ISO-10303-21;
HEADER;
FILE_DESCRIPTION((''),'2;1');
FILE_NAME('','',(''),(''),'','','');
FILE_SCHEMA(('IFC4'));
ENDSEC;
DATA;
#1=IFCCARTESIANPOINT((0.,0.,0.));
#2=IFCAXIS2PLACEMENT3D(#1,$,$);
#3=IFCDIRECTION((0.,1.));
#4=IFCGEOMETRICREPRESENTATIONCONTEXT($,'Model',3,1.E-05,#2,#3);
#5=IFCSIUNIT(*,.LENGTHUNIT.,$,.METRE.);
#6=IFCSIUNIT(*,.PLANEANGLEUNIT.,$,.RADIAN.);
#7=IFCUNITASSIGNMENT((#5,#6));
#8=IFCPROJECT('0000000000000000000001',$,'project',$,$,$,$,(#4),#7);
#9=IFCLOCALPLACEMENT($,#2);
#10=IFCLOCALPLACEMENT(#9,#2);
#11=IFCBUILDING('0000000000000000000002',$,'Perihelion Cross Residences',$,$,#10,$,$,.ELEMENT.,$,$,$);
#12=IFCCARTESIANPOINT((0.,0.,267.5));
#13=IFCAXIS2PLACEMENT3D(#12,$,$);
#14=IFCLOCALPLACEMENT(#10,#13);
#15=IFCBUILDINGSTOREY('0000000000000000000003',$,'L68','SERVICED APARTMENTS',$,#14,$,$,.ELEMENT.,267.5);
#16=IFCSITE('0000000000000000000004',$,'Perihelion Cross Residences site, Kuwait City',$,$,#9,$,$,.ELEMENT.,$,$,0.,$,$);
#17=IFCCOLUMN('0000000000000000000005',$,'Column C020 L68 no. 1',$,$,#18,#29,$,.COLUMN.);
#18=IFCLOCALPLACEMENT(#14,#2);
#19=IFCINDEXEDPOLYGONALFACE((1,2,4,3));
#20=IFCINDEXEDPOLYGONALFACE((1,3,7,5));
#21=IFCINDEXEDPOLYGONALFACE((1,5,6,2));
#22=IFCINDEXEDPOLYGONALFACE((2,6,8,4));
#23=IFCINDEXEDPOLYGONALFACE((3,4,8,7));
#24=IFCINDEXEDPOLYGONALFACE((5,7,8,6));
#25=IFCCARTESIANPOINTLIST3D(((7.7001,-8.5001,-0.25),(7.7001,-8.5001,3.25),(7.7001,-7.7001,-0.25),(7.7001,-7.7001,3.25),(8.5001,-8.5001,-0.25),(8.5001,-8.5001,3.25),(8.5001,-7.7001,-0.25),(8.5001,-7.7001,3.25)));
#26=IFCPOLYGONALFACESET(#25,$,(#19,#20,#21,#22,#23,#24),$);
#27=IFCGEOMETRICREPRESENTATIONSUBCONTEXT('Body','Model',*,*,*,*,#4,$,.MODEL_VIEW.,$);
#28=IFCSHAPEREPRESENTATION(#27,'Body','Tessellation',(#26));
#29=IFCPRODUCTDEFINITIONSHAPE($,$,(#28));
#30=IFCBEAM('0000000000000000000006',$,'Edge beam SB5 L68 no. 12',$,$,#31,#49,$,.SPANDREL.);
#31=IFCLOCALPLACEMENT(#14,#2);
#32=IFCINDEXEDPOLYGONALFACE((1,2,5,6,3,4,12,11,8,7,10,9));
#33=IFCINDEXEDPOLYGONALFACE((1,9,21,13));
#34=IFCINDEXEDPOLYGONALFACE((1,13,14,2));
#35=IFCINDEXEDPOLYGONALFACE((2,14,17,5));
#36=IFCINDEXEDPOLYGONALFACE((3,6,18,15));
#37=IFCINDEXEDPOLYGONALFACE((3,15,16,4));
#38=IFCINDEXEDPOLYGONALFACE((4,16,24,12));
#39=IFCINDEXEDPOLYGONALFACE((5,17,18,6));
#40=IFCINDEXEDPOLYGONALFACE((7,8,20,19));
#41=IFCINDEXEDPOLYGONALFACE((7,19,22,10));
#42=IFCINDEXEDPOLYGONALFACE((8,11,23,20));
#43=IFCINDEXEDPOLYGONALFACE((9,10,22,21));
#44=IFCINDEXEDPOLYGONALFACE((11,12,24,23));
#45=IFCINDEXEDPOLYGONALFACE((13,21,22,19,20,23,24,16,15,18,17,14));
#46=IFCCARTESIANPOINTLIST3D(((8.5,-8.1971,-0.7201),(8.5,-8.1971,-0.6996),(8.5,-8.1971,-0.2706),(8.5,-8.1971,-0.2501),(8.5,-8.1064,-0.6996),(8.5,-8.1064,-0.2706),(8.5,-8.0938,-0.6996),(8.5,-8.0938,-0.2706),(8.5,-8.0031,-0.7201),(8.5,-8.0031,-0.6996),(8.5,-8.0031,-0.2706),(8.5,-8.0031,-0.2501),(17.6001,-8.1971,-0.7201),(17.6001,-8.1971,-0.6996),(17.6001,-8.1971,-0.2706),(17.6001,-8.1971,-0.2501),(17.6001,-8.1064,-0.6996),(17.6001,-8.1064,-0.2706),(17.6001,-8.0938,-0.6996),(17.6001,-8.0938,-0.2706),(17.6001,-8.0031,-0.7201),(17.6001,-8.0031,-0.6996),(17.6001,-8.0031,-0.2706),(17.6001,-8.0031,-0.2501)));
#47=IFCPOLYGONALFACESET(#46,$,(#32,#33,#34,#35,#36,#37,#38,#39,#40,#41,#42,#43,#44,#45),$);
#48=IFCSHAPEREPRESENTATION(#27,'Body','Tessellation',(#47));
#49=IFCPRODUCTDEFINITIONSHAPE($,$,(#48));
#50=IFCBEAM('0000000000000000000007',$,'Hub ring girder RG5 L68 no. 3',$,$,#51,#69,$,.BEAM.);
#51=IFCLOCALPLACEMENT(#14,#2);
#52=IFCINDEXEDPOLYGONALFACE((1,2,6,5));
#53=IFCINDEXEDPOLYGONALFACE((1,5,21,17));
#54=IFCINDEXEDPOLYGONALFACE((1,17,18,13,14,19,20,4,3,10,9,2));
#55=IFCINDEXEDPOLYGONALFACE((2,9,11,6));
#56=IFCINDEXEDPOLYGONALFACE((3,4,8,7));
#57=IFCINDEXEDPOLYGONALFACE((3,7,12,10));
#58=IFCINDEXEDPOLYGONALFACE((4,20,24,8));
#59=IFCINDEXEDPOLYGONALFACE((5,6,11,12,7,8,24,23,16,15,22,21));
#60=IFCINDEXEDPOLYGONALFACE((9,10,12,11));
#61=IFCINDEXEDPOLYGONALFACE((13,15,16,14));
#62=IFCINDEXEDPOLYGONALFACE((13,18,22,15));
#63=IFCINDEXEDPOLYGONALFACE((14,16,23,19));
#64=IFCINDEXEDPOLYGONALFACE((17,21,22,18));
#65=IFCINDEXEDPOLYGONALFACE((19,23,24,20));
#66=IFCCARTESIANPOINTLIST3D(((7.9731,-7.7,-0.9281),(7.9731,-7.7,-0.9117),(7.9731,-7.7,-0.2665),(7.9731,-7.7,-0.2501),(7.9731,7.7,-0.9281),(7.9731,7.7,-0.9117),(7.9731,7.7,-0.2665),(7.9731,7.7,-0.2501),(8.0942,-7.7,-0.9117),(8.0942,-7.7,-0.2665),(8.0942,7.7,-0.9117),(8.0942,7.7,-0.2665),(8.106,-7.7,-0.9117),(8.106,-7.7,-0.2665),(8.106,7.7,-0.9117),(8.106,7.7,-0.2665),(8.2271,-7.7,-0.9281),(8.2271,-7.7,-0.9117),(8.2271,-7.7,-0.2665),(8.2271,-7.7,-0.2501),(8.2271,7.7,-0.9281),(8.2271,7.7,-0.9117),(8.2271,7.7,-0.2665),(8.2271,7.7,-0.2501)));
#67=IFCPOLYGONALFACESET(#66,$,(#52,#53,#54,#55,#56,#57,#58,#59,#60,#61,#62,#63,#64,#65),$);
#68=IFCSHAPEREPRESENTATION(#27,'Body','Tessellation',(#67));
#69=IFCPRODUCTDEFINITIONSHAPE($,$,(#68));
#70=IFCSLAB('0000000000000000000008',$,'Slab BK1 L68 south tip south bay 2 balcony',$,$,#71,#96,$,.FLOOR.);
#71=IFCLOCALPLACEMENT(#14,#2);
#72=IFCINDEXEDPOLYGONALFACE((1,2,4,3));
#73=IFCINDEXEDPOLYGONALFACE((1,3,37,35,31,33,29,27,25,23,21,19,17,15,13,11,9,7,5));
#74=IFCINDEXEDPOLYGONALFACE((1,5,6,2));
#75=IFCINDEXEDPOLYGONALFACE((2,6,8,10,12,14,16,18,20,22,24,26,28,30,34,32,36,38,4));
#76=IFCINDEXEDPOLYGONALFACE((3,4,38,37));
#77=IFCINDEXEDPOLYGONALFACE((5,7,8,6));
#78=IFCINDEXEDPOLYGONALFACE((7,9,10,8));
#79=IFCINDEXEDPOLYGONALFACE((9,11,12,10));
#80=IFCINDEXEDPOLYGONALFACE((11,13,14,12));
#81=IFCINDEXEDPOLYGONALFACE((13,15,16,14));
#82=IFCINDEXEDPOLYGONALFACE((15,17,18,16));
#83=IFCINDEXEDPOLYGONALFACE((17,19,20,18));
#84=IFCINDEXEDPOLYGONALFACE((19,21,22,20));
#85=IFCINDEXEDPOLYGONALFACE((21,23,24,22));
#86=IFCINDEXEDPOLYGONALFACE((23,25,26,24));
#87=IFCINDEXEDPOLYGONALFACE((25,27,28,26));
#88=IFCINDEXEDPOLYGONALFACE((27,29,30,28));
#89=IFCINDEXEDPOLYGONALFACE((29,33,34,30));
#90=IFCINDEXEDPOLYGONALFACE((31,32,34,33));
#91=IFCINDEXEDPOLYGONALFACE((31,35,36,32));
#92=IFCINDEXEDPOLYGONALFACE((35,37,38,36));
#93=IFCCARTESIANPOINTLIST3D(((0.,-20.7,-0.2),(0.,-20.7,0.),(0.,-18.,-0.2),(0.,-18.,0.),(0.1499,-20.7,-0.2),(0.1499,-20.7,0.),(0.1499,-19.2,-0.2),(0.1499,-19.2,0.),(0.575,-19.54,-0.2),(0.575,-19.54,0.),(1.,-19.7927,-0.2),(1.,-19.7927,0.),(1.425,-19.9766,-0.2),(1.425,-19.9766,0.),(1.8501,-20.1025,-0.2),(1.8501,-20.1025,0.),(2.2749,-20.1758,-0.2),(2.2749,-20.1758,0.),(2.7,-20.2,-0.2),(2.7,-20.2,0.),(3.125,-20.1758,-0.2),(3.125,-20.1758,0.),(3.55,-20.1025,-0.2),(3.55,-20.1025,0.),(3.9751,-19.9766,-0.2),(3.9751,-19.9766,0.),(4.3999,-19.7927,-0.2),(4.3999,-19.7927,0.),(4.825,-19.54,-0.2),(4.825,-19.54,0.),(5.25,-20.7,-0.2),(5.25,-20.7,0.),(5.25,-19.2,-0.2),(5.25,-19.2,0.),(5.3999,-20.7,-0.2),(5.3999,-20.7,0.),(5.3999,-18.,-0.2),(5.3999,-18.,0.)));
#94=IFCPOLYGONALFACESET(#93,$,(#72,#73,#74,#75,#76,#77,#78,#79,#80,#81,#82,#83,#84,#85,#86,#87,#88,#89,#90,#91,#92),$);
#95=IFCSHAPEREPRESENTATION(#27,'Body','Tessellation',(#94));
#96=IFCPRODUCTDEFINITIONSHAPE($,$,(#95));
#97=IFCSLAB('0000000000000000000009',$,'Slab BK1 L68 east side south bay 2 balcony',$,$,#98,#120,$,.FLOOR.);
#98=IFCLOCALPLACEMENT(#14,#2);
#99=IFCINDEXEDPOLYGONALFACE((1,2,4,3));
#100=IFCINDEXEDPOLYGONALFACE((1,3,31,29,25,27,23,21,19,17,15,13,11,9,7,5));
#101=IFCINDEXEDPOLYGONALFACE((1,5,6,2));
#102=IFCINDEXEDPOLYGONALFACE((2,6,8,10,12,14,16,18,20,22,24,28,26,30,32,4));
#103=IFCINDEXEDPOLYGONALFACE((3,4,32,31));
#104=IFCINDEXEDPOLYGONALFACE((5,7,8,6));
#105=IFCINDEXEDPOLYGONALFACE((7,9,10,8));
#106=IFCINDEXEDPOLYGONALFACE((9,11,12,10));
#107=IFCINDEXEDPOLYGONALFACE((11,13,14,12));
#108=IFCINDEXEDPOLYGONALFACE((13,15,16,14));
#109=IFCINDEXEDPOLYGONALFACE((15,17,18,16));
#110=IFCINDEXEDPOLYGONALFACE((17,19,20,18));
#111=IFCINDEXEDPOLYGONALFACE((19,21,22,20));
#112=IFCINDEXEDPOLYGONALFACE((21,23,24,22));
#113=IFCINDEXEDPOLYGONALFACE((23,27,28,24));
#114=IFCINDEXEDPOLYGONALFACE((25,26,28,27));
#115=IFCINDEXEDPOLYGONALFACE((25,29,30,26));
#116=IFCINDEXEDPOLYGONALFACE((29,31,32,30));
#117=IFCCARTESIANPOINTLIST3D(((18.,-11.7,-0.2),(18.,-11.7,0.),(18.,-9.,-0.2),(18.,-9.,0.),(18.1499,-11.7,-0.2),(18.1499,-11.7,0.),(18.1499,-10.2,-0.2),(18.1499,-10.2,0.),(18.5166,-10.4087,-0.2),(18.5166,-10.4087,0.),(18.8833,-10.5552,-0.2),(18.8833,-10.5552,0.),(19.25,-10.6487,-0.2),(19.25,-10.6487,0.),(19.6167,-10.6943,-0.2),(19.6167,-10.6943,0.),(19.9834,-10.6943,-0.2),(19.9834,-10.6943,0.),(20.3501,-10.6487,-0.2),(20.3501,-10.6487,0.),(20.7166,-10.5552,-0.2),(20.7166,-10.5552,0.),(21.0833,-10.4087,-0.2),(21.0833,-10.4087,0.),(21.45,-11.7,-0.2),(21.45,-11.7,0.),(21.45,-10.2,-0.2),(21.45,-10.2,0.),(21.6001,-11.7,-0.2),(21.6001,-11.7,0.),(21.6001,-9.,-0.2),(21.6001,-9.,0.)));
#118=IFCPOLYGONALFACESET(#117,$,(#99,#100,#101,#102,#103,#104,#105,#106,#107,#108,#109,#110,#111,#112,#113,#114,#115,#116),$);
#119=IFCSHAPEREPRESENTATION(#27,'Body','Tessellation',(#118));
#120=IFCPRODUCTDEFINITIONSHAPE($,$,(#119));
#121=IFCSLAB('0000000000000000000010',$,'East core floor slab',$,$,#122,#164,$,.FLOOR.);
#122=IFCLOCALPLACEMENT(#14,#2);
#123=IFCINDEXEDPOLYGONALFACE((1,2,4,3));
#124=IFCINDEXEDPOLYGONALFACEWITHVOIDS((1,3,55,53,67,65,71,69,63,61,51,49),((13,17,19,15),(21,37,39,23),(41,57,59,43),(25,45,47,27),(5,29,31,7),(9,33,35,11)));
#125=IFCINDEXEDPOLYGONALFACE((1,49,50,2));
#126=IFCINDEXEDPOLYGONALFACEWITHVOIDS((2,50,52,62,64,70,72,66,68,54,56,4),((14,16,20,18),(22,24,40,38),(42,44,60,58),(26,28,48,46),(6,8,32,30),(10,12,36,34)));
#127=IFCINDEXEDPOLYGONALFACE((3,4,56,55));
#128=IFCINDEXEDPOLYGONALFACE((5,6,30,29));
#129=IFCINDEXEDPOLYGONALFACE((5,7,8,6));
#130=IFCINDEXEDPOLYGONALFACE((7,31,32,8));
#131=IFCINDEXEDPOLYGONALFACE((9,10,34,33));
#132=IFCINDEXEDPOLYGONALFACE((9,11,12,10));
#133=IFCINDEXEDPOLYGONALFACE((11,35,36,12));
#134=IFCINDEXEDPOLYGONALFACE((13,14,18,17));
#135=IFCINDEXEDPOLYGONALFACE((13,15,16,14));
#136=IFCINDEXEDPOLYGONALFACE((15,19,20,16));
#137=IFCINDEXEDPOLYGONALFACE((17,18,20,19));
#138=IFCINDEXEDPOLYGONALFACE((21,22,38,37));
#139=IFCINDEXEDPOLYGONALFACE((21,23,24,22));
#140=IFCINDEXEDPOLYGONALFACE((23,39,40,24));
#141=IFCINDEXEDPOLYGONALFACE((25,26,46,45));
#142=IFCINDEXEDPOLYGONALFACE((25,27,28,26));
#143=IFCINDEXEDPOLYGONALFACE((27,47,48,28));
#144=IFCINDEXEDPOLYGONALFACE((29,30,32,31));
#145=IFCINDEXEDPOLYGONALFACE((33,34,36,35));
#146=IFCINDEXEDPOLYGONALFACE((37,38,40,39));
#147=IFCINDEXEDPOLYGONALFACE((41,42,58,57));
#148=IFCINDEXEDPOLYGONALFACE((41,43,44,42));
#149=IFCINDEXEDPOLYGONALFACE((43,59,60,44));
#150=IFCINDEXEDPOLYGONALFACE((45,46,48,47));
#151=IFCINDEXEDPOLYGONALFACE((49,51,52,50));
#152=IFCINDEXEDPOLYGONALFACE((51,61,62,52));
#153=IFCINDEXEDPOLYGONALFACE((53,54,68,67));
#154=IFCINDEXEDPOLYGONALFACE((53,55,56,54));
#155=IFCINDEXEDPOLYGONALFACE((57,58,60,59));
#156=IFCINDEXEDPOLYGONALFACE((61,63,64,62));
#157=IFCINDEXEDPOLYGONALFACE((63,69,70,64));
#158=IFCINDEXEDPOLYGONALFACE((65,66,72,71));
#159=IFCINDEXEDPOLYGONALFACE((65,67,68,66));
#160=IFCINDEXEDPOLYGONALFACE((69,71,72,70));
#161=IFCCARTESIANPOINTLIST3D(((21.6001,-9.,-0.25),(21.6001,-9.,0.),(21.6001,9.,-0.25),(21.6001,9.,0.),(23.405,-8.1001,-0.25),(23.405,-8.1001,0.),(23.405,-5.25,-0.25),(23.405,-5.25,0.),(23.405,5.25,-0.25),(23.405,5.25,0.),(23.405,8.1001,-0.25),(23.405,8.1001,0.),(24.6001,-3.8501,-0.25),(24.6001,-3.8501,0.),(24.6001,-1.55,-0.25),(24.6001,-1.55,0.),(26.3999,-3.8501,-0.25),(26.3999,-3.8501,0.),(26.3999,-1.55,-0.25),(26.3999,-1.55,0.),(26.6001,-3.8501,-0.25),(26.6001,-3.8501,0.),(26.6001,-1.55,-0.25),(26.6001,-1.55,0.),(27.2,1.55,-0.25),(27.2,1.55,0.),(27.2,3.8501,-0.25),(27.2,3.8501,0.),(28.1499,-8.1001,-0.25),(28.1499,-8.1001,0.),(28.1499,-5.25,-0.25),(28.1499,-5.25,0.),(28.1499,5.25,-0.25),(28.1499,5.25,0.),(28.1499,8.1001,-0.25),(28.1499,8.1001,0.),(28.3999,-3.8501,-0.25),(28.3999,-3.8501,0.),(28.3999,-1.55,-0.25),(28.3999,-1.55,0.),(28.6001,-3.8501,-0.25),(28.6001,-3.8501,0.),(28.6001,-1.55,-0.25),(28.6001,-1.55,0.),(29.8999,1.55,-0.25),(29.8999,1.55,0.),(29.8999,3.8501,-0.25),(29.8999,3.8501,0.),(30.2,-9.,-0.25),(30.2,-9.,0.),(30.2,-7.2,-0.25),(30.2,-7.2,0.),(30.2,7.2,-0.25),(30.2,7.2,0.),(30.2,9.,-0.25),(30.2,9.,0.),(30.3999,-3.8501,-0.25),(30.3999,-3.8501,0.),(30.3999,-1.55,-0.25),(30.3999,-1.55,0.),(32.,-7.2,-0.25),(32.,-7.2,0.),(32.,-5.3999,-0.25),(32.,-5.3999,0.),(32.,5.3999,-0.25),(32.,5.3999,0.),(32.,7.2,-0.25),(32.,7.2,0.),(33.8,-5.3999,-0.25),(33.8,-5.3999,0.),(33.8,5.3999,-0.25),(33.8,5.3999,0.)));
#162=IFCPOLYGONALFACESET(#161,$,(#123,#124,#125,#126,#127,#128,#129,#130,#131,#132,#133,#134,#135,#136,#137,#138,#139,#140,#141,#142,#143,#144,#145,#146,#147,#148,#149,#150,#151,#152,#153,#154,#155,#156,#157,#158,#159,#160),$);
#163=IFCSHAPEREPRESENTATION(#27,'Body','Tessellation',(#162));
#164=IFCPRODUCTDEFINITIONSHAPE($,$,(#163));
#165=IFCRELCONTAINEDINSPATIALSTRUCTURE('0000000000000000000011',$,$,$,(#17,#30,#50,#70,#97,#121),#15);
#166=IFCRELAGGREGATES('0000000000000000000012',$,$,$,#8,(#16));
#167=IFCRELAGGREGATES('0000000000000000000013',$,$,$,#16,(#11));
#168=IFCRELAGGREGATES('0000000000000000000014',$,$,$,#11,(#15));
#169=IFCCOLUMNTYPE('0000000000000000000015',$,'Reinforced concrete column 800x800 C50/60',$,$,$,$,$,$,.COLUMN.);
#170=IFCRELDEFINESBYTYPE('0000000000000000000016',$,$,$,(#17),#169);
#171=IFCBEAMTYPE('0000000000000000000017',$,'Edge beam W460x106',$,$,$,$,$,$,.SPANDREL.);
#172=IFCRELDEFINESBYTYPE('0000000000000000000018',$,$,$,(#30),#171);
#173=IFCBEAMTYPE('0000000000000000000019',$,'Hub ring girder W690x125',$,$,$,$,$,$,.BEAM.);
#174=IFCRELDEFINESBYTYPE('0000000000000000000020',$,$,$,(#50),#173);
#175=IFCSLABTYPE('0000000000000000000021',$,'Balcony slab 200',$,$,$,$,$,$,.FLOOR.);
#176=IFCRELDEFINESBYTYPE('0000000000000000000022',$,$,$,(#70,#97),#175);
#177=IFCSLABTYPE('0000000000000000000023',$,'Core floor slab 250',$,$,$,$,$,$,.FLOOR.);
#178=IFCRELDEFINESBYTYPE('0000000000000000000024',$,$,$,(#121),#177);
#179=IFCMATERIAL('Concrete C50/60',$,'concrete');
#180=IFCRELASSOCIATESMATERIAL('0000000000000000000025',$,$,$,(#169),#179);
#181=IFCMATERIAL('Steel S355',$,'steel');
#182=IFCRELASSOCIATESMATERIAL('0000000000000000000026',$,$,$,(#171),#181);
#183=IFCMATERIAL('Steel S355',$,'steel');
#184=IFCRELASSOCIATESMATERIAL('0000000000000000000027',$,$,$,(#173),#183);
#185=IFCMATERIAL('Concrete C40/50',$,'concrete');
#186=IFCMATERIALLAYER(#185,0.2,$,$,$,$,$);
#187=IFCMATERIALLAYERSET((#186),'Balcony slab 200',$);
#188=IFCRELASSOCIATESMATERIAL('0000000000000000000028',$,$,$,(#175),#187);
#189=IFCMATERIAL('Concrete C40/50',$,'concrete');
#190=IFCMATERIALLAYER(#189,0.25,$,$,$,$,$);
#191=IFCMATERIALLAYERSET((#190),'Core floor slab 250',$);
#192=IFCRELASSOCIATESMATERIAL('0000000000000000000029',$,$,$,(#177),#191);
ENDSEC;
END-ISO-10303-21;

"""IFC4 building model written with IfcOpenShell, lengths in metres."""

from ifc_helpers import new_model, si_unit, direction, frame, origin, origin_2d, place, context, subcontext, project, spatial, polyline, rectangle, i_section, outline, extrude, material, layer, layer_set, material_profile, profile_set, type_object, element, save


model = new_model("IFC4")

# Units and contexts
model_context = context("Model", 3, precision=1e-05, world=origin(), true_north=direction((0.0, 1.0)))
body_context = subcontext(model_context, "Body", "Model", "MODEL_VIEW")
ifc_project = project(units=[si_unit("LENGTHUNIT", "METRE"), si_unit("PLANEANGLEUNIT", "RADIAN")], contexts=[model_context])

# Site, building, storey
site_placement = place(None, origin())
site = spatial("IfcSite", under=ifc_project, at=site_placement, Name="Perihelion Cross Residences site, Kuwait City", CompositionType="ELEMENT", RefElevation=0.0)
building_placement = place(site_placement, origin())
building = spatial("IfcBuilding", under=site, at=building_placement, Name="Perihelion Cross Residences", CompositionType="ELEMENT")
storey_placement = place(building_placement, frame((0.0, 0.0, 267.5)))
storey = spatial("IfcBuildingStorey", under=building, at=storey_placement, Name="L68", Description="SERVICED APARTMENTS", CompositionType="ELEMENT", Elevation=267.5)

# Column
ifc_material_1 = material(Name="Concrete C50/60", Category="concrete")
ifc_material_profile_1 = material_profile(ifc_material_1, rectangle(XDim=0.8, YDim=0.8, at=origin_2d()), Name="RC 800x800")
ifc_profile_set_1 = profile_set([ifc_material_profile_1], Name="Concrete C50/60")
column_type = type_object("IfcColumnType", Name="Reinforced concrete column 800x800 C50/60", PredefinedType="COLUMN", material=ifc_profile_set_1)
column_placement = place(storey_placement, frame((8.1001, -8.1001, -0.25), z_axis=(0.0, 0.0, 1.0), x_axis=(1.0, 0.0, 0.0)))
element("IfcColumn", 1, at=column_placement, inside=storey, type_object=column_type, Name="Column C020 L68 no. 1", PredefinedType="COLUMN", context=body_context, shape_type="SweptSolid", body=[
    extrude(rectangle(XDim=0.8, YDim=0.8, at=origin_2d()), origin(), (0.0, 0.0, 1.0), 3.5),
])

# Beams
ifc_material_2 = material(Name="Steel S355", Category="steel")
ifc_material_profile_2 = material_profile(ifc_material_2, i_section(OverallWidth=0.1941, OverallDepth=0.47, WebThickness=0.0127, FlangeThickness=0.0205, at=origin_2d()), Name="W460x106")
ifc_profile_set_2 = profile_set([ifc_material_profile_2], Name="Steel S355")
beam_type_1 = type_object("IfcBeamType", Name="Edge beam W460x106", PredefinedType="SPANDREL", material=ifc_profile_set_2)
beam_1_placement = place(storey_placement, frame((8.5, -8.1001, -0.4851), z_axis=(1.0, 0.0, 0.0), x_axis=(0.0, 1.0, 0.0)))
element("IfcBeam", 2, at=beam_1_placement, inside=storey, type_object=beam_type_1, Name="Edge beam SB5 L68 no. 12", PredefinedType="SPANDREL", context=body_context, shape_type="SweptSolid", body=[
    extrude(i_section(OverallWidth=0.1941, OverallDepth=0.47, WebThickness=0.0127, FlangeThickness=0.0205, at=origin_2d()), origin(), (0.0, 0.0, 1.0), 9.1001),
])
ifc_material_3 = material(Name="Steel S355", Category="steel")
ifc_material_profile_3 = material_profile(ifc_material_3, i_section(OverallWidth=0.2539, OverallDepth=0.678, WebThickness=0.0117, FlangeThickness=0.0164, at=origin_2d()), Name="W690x125")
ifc_profile_set_3 = profile_set([ifc_material_profile_3], Name="Steel S355")
beam_type_2 = type_object("IfcBeamType", Name="Hub ring girder W690x125", PredefinedType="BEAM", material=ifc_profile_set_3)
beam_2_placement = place(storey_placement, frame((8.1001, -7.7, -0.5891), z_axis=(0.0, 1.0, 0.0), x_axis=(-1.0, 0.0, 0.0)))
element("IfcBeam", 3, at=beam_2_placement, inside=storey, type_object=beam_type_2, Name="Hub ring girder RG5 L68 no. 3", PredefinedType="BEAM", context=body_context, shape_type="SweptSolid", body=[
    extrude(i_section(OverallWidth=0.2539, OverallDepth=0.678, WebThickness=0.0117, FlangeThickness=0.0164, at=origin_2d()), origin(), (0.0, 0.0, 1.0), 15.3999),
])

# Slabs
ifc_material_4 = material(Name="Concrete C40/50", Category="concrete")
ifc_layer_1 = layer(ifc_material_4, 0.2)
ifc_layer_set_1 = layer_set([ifc_layer_1], Name="Balcony slab 200")
slab_type_1 = type_object("IfcSlabType", Name="Balcony slab 200", PredefinedType="FLOOR", material=ifc_layer_set_1)
slab_1_placement = place(storey_placement, frame((0.0, 0.0, -0.2)))
element("IfcSlab", 4, at=slab_1_placement, inside=storey, type_object=slab_type_1, Name="Slab BK1 L68 south tip south bay 2 balcony", PredefinedType="FLOOR", context=body_context, shape_type="SweptSolid", body=[
    extrude(outline(polyline([(0.0, -18.0), (5.3999, -18.0), (5.3999, -20.7), (5.25, -20.7), (5.25, -19.2), (4.825, -19.54), (4.3999, -19.7927), (3.9751, -19.9766), (3.55, -20.1025), (3.125, -20.1758), (2.7, -20.2), (2.2749, -20.1758), (1.8501, -20.1025), (1.425, -19.9766), (1.0, -19.7927), (0.575, -19.54), (0.1499, -19.2), (0.1499, -20.7), (0.0, -20.7), (0.0, -18.0)])), origin(), (0.0, 0.0, 1.0), 0.2),
])
slab_2_placement = place(storey_placement, frame((0.0, 0.0, -0.2)))
element("IfcSlab", 5, at=slab_2_placement, inside=storey, type_object=slab_type_1, Name="Slab BK1 L68 east side south bay 2 balcony", PredefinedType="FLOOR", context=body_context, shape_type="SweptSolid", body=[
    extrude(outline(polyline([(18.0, -9.0), (21.6001, -9.0), (21.6001, -11.7), (21.45, -11.7), (21.45, -10.2), (21.0833, -10.4087), (20.7166, -10.5552), (20.3501, -10.6487), (19.9834, -10.6943), (19.6167, -10.6943), (19.25, -10.6487), (18.8833, -10.5552), (18.5166, -10.4087), (18.1499, -10.2), (18.1499, -11.7), (18.0, -11.7), (18.0, -9.0)])), origin(), (0.0, 0.0, 1.0), 0.2),
])
ifc_material_5 = material(Name="Concrete C40/50", Category="concrete")
ifc_layer_2 = layer(ifc_material_5, 0.25)
ifc_layer_set_2 = layer_set([ifc_layer_2], Name="Core floor slab 250")
slab_type_2 = type_object("IfcSlabType", Name="Core floor slab 250", PredefinedType="FLOOR", material=ifc_layer_set_2)
slab_3_placement = place(storey_placement, frame((0.0, 0.0, -0.25)))
element("IfcSlab", 6, at=slab_3_placement, inside=storey, type_object=slab_type_2, Name="East core floor slab", PredefinedType="FLOOR", context=body_context, shape_type="SweptSolid", body=[
    extrude(outline(polyline([(30.2, 7.2), (32.0, 7.2), (32.0, 5.3999), (33.8, 5.3999), (33.8, -5.3999), (32.0, -5.3999), (32.0, -7.2), (30.2, -7.2), (30.2, -9.0), (21.6001, -9.0), (21.6001, 9.0), (30.2, 9.0), (30.2, 7.2)]), holes=[polyline([(28.1499, -8.1001), (28.1499, -5.25), (23.405, -5.25), (23.405, -8.1001), (28.1499, -8.1001)]), polyline([(24.6001, -1.55), (24.6001, -3.8501), (26.3999, -3.8501), (26.3999, -1.55), (24.6001, -1.55)]), polyline([(26.6001, -1.55), (26.6001, -3.8501), (28.3999, -3.8501), (28.3999, -1.55), (26.6001, -1.55)]), polyline([(28.6001, -3.8501), (30.3999, -3.8501), (30.3999, -1.55), (28.6001, -1.55), (28.6001, -3.8501)]), polyline([(27.2, 3.8501), (27.2, 1.55), (29.8999, 1.55), (29.8999, 3.8501), (27.2, 3.8501)]), polyline([(23.405, 5.25), (28.1499, 5.25), (28.1499, 8.1001), (23.405, 8.1001), (23.405, 5.25)])]), origin(), (0.0, 0.0, 1.0), 0.25),
])

save(model, "model.ifc")
